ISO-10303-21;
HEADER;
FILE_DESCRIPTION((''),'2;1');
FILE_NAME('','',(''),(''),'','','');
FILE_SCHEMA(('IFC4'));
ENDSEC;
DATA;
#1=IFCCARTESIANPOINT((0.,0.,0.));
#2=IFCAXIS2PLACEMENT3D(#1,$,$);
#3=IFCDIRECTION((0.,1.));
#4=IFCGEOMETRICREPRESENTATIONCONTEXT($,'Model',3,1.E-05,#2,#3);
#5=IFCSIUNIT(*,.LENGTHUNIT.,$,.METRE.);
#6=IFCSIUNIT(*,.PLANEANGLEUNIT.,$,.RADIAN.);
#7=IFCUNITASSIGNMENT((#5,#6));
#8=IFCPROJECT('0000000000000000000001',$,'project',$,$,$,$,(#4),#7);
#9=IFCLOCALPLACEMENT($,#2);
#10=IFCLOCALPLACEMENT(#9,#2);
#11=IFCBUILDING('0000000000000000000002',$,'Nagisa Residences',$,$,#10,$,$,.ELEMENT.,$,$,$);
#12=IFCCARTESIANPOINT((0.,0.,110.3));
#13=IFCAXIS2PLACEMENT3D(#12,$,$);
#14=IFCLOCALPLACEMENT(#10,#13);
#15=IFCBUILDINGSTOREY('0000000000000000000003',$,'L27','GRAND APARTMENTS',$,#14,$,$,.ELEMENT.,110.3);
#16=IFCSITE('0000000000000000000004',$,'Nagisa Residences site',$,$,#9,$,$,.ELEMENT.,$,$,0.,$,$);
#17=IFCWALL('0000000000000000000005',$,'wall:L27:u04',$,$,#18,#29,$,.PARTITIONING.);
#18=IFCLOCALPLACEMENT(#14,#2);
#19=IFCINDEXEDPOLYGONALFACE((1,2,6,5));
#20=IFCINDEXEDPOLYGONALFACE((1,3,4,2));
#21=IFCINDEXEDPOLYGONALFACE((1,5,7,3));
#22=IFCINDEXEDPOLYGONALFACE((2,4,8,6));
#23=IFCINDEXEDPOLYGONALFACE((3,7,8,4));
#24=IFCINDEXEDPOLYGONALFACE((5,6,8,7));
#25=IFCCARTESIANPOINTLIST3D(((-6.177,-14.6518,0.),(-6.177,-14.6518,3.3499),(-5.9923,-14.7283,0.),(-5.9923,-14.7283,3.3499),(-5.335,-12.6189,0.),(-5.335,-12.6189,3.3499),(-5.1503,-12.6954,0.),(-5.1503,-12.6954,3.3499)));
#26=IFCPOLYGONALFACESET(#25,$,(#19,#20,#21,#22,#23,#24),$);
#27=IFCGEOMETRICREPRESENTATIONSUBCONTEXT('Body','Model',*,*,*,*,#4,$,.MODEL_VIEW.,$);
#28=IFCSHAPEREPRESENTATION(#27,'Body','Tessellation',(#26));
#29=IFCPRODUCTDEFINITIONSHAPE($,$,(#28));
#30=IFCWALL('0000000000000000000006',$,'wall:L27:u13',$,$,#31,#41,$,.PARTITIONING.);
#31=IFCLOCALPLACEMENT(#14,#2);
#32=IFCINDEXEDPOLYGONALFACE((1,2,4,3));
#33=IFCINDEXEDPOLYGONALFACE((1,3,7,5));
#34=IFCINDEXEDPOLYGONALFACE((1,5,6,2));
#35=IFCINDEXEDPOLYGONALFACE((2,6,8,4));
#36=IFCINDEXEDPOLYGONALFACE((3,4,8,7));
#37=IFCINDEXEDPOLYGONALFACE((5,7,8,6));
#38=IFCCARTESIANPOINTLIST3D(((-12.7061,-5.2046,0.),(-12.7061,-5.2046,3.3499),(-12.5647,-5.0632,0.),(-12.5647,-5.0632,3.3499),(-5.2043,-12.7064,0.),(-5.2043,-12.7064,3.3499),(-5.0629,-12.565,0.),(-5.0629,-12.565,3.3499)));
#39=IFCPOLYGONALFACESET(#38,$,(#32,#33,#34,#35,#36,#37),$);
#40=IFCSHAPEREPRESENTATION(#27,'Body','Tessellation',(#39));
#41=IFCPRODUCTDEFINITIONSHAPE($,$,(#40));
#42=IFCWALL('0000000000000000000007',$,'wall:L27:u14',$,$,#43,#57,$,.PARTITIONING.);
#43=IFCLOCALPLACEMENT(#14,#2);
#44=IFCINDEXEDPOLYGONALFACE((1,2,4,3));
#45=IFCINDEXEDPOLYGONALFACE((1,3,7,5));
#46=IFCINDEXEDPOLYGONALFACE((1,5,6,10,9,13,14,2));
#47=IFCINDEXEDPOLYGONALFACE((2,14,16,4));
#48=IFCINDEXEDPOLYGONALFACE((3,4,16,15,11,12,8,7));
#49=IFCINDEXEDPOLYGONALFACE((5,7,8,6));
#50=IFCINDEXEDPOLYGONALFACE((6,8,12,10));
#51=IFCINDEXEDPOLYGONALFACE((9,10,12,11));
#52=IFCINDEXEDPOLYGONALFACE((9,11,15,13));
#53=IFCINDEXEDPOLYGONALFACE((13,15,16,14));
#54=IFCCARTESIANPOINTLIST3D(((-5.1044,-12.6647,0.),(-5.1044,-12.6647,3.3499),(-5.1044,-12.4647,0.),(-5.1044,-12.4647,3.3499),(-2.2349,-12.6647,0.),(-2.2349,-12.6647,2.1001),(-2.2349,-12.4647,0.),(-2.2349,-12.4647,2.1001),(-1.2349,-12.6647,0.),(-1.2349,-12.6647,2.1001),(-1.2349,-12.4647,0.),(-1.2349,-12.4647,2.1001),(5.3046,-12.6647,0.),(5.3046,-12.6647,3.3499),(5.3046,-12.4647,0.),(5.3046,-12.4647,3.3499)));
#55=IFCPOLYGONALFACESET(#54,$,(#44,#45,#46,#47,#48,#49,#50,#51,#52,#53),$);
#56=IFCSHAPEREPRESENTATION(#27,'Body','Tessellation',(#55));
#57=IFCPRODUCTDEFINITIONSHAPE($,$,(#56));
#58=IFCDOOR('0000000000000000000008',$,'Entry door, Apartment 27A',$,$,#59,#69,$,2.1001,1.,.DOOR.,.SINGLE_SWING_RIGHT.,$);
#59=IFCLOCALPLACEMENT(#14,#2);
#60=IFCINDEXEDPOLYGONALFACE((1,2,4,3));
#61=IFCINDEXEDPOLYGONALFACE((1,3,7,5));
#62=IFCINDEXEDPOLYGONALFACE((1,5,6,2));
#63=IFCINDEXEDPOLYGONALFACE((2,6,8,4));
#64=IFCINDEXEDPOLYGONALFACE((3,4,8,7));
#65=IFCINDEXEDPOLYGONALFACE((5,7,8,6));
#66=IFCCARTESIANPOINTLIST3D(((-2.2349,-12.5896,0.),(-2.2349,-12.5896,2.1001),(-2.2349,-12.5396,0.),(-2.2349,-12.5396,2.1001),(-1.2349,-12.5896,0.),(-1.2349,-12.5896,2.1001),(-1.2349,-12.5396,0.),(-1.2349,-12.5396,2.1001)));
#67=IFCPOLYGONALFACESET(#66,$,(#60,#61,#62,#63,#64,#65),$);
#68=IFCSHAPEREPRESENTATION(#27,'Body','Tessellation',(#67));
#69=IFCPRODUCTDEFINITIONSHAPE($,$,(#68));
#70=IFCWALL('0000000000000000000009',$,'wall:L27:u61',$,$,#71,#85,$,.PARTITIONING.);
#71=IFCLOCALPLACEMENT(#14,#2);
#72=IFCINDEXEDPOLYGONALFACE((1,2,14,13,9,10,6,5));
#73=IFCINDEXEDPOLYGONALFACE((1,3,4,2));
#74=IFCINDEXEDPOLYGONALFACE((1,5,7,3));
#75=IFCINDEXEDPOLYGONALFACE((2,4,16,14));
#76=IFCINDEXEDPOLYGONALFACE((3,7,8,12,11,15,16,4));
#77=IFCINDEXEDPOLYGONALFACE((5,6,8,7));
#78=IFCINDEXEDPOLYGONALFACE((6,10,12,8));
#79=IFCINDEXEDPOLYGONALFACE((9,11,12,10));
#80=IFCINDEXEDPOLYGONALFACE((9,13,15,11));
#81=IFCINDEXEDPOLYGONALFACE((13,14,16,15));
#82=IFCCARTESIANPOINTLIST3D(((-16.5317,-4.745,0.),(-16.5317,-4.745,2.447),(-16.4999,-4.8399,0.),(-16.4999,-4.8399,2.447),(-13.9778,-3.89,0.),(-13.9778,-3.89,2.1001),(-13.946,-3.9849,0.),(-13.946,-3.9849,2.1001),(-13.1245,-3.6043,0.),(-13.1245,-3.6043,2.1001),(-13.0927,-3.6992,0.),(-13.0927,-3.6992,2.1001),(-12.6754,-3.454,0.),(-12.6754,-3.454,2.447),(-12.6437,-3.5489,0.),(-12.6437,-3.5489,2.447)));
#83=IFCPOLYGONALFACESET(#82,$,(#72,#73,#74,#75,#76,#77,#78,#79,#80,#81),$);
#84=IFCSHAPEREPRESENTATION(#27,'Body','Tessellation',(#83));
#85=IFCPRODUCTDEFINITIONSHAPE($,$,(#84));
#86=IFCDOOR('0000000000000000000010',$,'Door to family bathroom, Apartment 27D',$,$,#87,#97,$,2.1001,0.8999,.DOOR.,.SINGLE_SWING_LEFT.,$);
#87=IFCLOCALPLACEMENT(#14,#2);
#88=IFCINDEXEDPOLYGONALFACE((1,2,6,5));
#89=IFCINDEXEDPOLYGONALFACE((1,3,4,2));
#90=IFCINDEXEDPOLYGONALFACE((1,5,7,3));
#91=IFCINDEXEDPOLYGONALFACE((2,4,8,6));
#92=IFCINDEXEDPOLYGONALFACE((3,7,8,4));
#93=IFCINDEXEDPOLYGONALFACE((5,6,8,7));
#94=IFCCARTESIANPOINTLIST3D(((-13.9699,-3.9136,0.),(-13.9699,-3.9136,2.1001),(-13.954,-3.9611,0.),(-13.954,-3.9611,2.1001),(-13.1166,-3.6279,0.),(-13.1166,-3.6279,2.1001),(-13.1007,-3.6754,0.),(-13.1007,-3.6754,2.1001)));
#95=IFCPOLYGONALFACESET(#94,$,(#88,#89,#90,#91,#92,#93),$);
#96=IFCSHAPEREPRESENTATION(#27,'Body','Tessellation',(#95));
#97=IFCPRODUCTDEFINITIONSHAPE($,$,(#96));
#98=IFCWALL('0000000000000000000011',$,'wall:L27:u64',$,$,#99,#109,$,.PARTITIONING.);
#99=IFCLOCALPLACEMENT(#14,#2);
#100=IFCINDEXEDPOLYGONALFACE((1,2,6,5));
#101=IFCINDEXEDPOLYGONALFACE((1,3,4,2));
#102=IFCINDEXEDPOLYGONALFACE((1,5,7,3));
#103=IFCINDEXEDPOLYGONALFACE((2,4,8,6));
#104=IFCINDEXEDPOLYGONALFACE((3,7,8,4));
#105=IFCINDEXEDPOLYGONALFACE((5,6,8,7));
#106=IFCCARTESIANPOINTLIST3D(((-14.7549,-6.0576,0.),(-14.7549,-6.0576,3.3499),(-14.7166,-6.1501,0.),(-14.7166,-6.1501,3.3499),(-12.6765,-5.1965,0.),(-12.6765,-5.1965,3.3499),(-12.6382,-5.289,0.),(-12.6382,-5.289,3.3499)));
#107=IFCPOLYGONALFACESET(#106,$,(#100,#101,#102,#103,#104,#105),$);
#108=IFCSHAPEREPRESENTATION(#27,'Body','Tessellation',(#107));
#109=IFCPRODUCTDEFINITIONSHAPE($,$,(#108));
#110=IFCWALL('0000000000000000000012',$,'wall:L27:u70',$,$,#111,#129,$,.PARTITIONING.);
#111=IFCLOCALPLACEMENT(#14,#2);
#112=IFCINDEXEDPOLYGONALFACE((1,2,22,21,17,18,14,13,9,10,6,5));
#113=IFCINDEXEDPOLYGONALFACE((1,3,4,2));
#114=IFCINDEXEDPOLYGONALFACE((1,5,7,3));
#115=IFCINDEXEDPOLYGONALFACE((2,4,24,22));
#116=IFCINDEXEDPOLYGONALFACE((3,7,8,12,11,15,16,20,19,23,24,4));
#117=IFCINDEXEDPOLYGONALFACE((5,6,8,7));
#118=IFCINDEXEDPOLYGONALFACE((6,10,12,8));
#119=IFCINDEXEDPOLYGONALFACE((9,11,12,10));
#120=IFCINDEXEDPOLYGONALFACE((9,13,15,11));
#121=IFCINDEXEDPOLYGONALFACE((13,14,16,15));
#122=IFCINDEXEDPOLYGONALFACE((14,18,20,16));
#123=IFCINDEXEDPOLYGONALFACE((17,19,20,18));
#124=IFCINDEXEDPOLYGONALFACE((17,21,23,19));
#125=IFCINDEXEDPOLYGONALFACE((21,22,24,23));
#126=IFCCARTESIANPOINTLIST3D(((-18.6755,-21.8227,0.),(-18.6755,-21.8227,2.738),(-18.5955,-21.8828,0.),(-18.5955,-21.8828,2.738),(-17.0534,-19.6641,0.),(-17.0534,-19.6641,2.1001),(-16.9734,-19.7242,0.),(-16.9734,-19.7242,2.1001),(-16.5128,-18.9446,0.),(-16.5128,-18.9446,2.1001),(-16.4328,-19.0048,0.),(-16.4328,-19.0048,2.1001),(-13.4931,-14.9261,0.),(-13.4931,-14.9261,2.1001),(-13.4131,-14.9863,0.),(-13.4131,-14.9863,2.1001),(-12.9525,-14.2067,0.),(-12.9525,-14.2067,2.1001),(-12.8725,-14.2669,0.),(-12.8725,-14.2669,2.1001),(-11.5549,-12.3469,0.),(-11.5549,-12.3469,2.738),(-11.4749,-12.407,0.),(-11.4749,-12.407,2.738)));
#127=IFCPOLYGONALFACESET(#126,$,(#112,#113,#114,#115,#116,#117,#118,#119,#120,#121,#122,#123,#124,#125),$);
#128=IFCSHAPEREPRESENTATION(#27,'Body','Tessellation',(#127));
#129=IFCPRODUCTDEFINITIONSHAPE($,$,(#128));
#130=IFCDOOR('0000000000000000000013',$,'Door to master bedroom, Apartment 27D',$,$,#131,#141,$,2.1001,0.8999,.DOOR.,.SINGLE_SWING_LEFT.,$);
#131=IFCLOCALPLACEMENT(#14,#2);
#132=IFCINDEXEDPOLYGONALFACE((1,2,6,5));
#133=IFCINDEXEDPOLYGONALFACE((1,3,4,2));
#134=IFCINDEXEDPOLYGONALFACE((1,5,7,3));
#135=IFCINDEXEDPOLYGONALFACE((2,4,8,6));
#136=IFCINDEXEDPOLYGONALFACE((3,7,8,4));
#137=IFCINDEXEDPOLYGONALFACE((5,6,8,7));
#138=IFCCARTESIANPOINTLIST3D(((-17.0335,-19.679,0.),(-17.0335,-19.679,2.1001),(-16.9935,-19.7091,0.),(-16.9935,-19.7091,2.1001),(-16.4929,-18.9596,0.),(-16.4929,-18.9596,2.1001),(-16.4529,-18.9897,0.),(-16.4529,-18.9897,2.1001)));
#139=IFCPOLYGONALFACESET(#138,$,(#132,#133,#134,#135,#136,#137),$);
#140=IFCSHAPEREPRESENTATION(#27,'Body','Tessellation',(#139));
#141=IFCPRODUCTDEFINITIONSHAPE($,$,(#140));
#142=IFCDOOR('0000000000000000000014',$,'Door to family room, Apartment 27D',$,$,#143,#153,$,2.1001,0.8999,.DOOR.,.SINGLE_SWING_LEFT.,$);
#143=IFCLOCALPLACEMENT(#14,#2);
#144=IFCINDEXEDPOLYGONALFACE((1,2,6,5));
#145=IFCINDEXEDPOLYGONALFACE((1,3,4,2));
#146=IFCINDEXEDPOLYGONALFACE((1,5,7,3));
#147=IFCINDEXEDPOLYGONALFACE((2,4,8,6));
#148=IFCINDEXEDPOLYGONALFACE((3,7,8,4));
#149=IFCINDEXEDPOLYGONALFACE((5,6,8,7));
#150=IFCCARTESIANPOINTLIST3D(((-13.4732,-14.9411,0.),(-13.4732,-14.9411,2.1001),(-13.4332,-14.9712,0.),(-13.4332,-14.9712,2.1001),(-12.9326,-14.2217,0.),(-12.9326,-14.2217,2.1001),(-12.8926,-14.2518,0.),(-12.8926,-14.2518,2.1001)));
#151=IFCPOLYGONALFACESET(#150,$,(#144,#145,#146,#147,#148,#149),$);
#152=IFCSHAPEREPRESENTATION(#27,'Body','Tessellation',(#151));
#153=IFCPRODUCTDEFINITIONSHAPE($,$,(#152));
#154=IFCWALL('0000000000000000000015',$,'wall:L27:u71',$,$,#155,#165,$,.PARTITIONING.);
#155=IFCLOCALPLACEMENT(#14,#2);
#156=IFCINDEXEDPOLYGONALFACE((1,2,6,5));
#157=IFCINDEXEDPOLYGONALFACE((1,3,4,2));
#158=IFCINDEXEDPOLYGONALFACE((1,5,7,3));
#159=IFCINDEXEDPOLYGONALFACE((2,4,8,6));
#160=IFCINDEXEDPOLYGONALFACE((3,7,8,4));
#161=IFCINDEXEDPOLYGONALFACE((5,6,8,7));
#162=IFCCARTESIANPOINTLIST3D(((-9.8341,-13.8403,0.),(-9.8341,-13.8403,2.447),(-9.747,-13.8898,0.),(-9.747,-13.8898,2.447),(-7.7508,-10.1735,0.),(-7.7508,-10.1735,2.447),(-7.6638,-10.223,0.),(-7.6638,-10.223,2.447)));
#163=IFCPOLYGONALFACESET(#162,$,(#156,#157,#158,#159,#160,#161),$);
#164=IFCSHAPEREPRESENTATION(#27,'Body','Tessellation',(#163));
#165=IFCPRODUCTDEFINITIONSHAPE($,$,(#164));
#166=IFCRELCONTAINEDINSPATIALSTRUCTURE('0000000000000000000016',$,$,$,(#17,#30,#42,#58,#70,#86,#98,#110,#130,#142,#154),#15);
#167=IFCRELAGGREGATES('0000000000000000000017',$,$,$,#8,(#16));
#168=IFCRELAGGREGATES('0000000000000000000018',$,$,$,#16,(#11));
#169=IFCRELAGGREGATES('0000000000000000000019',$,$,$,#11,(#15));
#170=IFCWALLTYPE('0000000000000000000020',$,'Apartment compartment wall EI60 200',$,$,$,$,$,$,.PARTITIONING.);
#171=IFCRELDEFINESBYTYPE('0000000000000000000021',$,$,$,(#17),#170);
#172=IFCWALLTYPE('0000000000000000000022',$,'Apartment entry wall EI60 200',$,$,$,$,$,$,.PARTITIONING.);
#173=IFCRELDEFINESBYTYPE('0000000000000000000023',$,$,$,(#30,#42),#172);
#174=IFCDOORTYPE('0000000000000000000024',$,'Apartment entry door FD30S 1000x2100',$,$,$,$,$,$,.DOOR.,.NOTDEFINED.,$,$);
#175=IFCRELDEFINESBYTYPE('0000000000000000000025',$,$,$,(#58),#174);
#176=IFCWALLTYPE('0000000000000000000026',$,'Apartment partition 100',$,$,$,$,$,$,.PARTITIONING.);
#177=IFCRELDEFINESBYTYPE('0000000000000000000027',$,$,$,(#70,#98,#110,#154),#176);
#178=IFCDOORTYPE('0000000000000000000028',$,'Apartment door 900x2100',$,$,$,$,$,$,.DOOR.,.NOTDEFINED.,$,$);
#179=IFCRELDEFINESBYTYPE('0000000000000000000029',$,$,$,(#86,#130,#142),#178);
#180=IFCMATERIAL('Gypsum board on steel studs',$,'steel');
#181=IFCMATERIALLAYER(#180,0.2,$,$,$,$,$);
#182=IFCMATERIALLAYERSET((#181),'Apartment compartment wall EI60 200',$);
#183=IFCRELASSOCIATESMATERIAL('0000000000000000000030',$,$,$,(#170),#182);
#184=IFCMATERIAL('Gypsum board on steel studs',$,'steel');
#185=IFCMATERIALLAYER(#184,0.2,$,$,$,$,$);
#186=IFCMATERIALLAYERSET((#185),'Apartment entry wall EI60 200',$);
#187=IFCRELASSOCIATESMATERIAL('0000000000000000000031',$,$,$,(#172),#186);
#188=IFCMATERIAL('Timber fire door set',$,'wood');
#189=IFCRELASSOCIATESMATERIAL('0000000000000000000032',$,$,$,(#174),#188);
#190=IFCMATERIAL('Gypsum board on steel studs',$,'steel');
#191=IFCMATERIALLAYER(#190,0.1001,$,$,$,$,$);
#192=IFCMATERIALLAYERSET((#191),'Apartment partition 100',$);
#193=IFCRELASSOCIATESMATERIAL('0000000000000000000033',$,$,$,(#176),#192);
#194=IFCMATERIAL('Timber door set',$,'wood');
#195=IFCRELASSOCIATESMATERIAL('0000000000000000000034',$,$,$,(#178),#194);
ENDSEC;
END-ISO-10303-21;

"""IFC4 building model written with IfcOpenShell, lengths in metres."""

from ifc_helpers import new_model, si_unit, direction, frame, frame_2d, origin, place, context, subcontext, project, spatial, rectangle, extrude, material, layer, layer_set, type_object, element, fill, save


model = new_model("IFC4")

# Units and contexts
model_context = context("Model", 3, precision=1e-05, world=origin(), true_north=direction((0.0, 1.0)))
body_context = subcontext(model_context, "Body", "Model", "MODEL_VIEW")
ifc_project = project(units=[si_unit("LENGTHUNIT", "METRE"), si_unit("PLANEANGLEUNIT", "RADIAN")], contexts=[model_context])

# Site, building, storey
site_placement = place(None, origin())
site = spatial("IfcSite", under=ifc_project, at=site_placement, Name="Nagisa Residences site", CompositionType="ELEMENT", RefElevation=0.0)
building_placement = place(site_placement, origin())
building = spatial("IfcBuilding", under=site, at=building_placement, Name="Nagisa Residences", CompositionType="ELEMENT")
storey_placement = place(building_placement, frame((0.0, 0.0, 110.3)))
storey = spatial("IfcBuildingStorey", under=building, at=storey_placement, Name="L27", Description="GRAND APARTMENTS", CompositionType="ELEMENT", Elevation=110.3)

# Walls
ifc_material_1 = material(Name="Gypsum board on steel studs", Category="steel")
ifc_layer_1 = layer(ifc_material_1, 0.2)
ifc_layer_set_1 = layer_set([ifc_layer_1], Name="Apartment compartment wall EI60 200")
wall_type_1 = type_object("IfcWallType", Name="Apartment compartment wall EI60 200", PredefinedType="PARTITIONING", material=ifc_layer_set_1)
wall_1_placement = place(storey_placement, frame((-5.2427, -12.6572, 0.0), z_axis=(0.0, 0.0, 1.0), x_axis=(-0.382669, -0.923886, 0.0)))
element("IfcWall", 1, at=wall_1_placement, inside=storey, type_object=wall_type_1, Name="wall:L27:u04", PredefinedType="PARTITIONING", context=body_context, shape_type="SweptSolid", body=[
    extrude(rectangle(XDim=2.2004, YDim=0.2, at=frame_2d((1.1001, 0.0))), origin(), (0.0, 0.0, 1.0), 3.3499),
])
ifc_material_2 = material(Name="Gypsum board on steel studs", Category="steel")
ifc_layer_2 = layer(ifc_material_2, 0.2)
ifc_layer_set_2 = layer_set([ifc_layer_2], Name="Apartment entry wall EI60 200")
wall_type_2 = type_object("IfcWallType", Name="Apartment entry wall EI60 200", PredefinedType="PARTITIONING", material=ifc_layer_set_2)
wall_2_placement = place(storey_placement, frame((-12.6355, -5.1338, 0.0), z_axis=(0.0, 0.0, 1.0), x_axis=(0.707107, -0.707107, 0.0)))
element("IfcWall", 2, at=wall_2_placement, inside=storey, type_object=wall_type_2, Name="wall:L27:u13", PredefinedType="PARTITIONING", context=body_context, shape_type="SweptSolid", body=[
    extrude(rectangle(XDim=10.6091, YDim=0.2, at=frame_2d((5.3047, 0.0))), origin(), (0.0, 0.0, 1.0), 3.3499),
])

# Walls, openings, doors
wall_3_placement = place(storey_placement, frame((-5.1045, -12.5647, 0.0), z_axis=(0.0, 0.0, 1.0), x_axis=(1.0, 0.0, 0.0)))
wall_3 = element("IfcWall", 3, at=wall_3_placement, inside=storey, type_object=wall_type_2, Name="wall:L27:u14", PredefinedType="PARTITIONING", context=body_context, shape_type="SweptSolid", body=[
    extrude(rectangle(XDim=10.4089, YDim=0.2, at=frame_2d((5.2046, 0.0))), origin(), (0.0, 0.0, 1.0), 3.3499),
])
opening_1_placement = place(wall_3_placement, frame((2.8696, 0.0, 0.0)))
opening_1 = element("IfcOpeningElement", 4, at=opening_1_placement, cuts=wall_3, PredefinedType="OPENING", context=body_context, shape_type="SweptSolid", body=[
    extrude(rectangle(XDim=1.0, YDim=2.1001, at=frame_2d((0.5, 1.05))), frame((0.0, 0.1099, 0.0), z_axis=(0.0, -1.0, 0.0), x_axis=(1.0, 0.0, 0.0)), (0.0, 0.0, 1.0), 0.22),
])
ifc_material_3 = material(Name="Timber fire door set", Category="wood")
door_type_1 = type_object("IfcDoorType", Name="Apartment entry door FD30S 1000x2100", OperationType="NOTDEFINED", PredefinedType="DOOR", material=ifc_material_3)
door_1_placement = place(opening_1_placement, frame((1.0, 0.0, 0.0), x_axis=(-1.0, 0.0, 0.0)))
door_1 = element("IfcDoor", 5, at=door_1_placement, inside=storey, type_object=door_type_1, Name="Entry door, Apartment 27A", OperationType="SINGLE_SWING_RIGHT", OverallHeight=2.1001, OverallWidth=1.0, PredefinedType="DOOR", context=body_context, shape_type="SweptSolid", body=[
    extrude(rectangle(XDim=1.0, YDim=2.1001, at=frame_2d((0.5, 1.05))), frame((0.0, 0.0249, 0.0), z_axis=(0.0, -1.0, 0.0), x_axis=(1.0, 0.0, 0.0)), (0.0, 0.0, 1.0), 0.05),
])
fill(opening_1, door_1)
ifc_material_4 = material(Name="Gypsum board on steel studs", Category="steel")
ifc_layer_3 = layer(ifc_material_4, 0.1001)
ifc_layer_set_3 = layer_set([ifc_layer_3], Name="Apartment partition 100")
wall_type_3 = type_object("IfcWallType", Name="Apartment partition 100", PredefinedType="PARTITIONING", material=ifc_layer_set_3)
wall_4_placement = place(storey_placement, frame((-12.6597, -3.5015, 0.0), z_axis=(0.0, 0.0, 1.0), x_axis=(-0.948268, -0.31747, 0.0)))
wall_4 = element("IfcWall", 6, at=wall_4_placement, inside=storey, type_object=wall_type_3, Name="wall:L27:u61", PredefinedType="PARTITIONING", context=body_context, shape_type="SweptSolid", body=[
    extrude(rectangle(XDim=4.0667, YDim=0.1001, at=frame_2d((2.0332, 0.0))), origin(), (0.0, 0.0, 1.0), 2.447),
])
opening_2_placement = place(wall_4_placement, frame((0.4734, 0.0, 0.0)))
opening_2 = element("IfcOpeningElement", 7, at=opening_2_placement, cuts=wall_4, PredefinedType="OPENING", context=body_context, shape_type="SweptSolid", body=[
    extrude(rectangle(XDim=0.8999, YDim=2.1001, at=frame_2d((0.45, 1.05))), frame((0.0, 0.0601, 0.0), z_axis=(0.0, -1.0, 0.0), x_axis=(1.0, 0.0, 0.0)), (0.0, 0.0, 1.0), 0.1201),
])
ifc_material_5 = material(Name="Timber door set", Category="wood")
door_type_2 = type_object("IfcDoorType", Name="Apartment door 900x2100", OperationType="NOTDEFINED", PredefinedType="DOOR", material=ifc_material_5)
door_2_placement = place(opening_2_placement, origin())
door_2 = element("IfcDoor", 8, at=door_2_placement, inside=storey, type_object=door_type_2, Name="Door to family bathroom, Apartment 27D", OperationType="SINGLE_SWING_LEFT", OverallHeight=2.1001, OverallWidth=0.8999, PredefinedType="DOOR", context=body_context, shape_type="SweptSolid", body=[
    extrude(rectangle(XDim=0.8999, YDim=2.1001, at=frame_2d((0.45, 1.05))), frame((0.0, 0.0249, 0.0), z_axis=(0.0, -1.0, 0.0), x_axis=(1.0, 0.0, 0.0)), (0.0, 0.0, 1.0), 0.05),
])
fill(opening_2, door_2)

# Wall
wall_5_placement = place(storey_placement, frame((-12.6572, -5.2427, 0.0), z_axis=(0.0, 0.0, 1.0), x_axis=(-0.923849, -0.382758, 0.0)))
element("IfcWall", 9, at=wall_5_placement, inside=storey, type_object=wall_type_3, Name="wall:L27:u64", PredefinedType="PARTITIONING", context=body_context, shape_type="SweptSolid", body=[
    extrude(rectangle(XDim=2.2498, YDim=0.1001, at=frame_2d((1.125, 0.0))), origin(), (0.0, 0.0, 1.0), 3.3499),
])

# Wall, openings, doors
wall_6_placement = place(storey_placement, frame((-11.5149, -12.377, 0.0), z_axis=(0.0, 0.0, 1.0), x_axis=(-0.600741, -0.799444, 0.0)))
wall_6 = element("IfcWall", 10, at=wall_6_placement, inside=storey, type_object=wall_type_3, Name="wall:L27:u70", PredefinedType="PARTITIONING", context=body_context, shape_type="SweptSolid", body=[
    extrude(rectangle(XDim=11.853, YDim=0.1001, at=frame_2d((5.9265, 0.0))), origin(), (0.0, 0.0, 1.0), 2.738),
])
opening_3_placement = place(wall_6_placement, frame((8.2529, 0.0, 0.0)))
opening_3 = element("IfcOpeningElement", 11, at=opening_3_placement, cuts=wall_6, PredefinedType="OPENING", context=body_context, shape_type="SweptSolid", body=[
    extrude(rectangle(XDim=0.8999, YDim=2.1001, at=frame_2d((0.45, 1.05))), frame((0.0, 0.0601, 0.0), z_axis=(0.0, -1.0, 0.0), x_axis=(1.0, 0.0, 0.0)), (0.0, 0.0, 1.0), 0.1201),
])
opening_4_placement = place(wall_6_placement, frame((2.3264, 0.0, 0.0)))
opening_4 = element("IfcOpeningElement", 12, at=opening_4_placement, cuts=wall_6, PredefinedType="OPENING", context=body_context, shape_type="SweptSolid", body=[
    extrude(rectangle(XDim=0.8999, YDim=2.1001, at=frame_2d((0.45, 1.05))), frame((0.0, 0.0601, 0.0), z_axis=(0.0, -1.0, 0.0), x_axis=(1.0, 0.0, 0.0)), (0.0, 0.0, 1.0), 0.1201),
])
door_3_placement = place(opening_3_placement, origin())
door_3 = element("IfcDoor", 13, at=door_3_placement, inside=storey, type_object=door_type_2, Name="Door to master bedroom, Apartment 27D", OperationType="SINGLE_SWING_LEFT", OverallHeight=2.1001, OverallWidth=0.8999, PredefinedType="DOOR", context=body_context, shape_type="SweptSolid", body=[
    extrude(rectangle(XDim=0.8999, YDim=2.1001, at=frame_2d((0.45, 1.05))), frame((0.0, 0.0249, 0.0), z_axis=(0.0, -1.0, 0.0), x_axis=(1.0, 0.0, 0.0)), (0.0, 0.0, 1.0), 0.05),
])
fill(opening_3, door_3)
door_4_placement = place(opening_4_placement, origin())
door_4 = element("IfcDoor", 14, at=door_4_placement, inside=storey, type_object=door_type_2, Name="Door to family room, Apartment 27D", OperationType="SINGLE_SWING_LEFT", OverallHeight=2.1001, OverallWidth=0.8999, PredefinedType="DOOR", context=body_context, shape_type="SweptSolid", body=[
    extrude(rectangle(XDim=0.8999, YDim=2.1001, at=frame_2d((0.45, 1.05))), frame((0.0, 0.0249, 0.0), z_axis=(0.0, -1.0, 0.0), x_axis=(1.0, 0.0, 0.0)), (0.0, 0.0, 1.0), 0.05),
])
fill(opening_4, door_4)

# Wall
wall_7_placement = place(storey_placement, frame((-7.7073, -10.1982, 0.0), z_axis=(0.0, 0.0, 1.0), x_axis=(-0.493987, -0.86947, 0.0)))
element("IfcWall", 15, at=wall_7_placement, inside=storey, type_object=wall_type_3, Name="wall:L27:u71", PredefinedType="PARTITIONING", context=body_context, shape_type="SweptSolid", body=[
    extrude(rectangle(XDim=4.2173, YDim=0.1001, at=frame_2d((2.1086, 0.0))), origin(), (0.0, 0.0, 1.0), 2.447),
])

save(model, "model.ifc")
